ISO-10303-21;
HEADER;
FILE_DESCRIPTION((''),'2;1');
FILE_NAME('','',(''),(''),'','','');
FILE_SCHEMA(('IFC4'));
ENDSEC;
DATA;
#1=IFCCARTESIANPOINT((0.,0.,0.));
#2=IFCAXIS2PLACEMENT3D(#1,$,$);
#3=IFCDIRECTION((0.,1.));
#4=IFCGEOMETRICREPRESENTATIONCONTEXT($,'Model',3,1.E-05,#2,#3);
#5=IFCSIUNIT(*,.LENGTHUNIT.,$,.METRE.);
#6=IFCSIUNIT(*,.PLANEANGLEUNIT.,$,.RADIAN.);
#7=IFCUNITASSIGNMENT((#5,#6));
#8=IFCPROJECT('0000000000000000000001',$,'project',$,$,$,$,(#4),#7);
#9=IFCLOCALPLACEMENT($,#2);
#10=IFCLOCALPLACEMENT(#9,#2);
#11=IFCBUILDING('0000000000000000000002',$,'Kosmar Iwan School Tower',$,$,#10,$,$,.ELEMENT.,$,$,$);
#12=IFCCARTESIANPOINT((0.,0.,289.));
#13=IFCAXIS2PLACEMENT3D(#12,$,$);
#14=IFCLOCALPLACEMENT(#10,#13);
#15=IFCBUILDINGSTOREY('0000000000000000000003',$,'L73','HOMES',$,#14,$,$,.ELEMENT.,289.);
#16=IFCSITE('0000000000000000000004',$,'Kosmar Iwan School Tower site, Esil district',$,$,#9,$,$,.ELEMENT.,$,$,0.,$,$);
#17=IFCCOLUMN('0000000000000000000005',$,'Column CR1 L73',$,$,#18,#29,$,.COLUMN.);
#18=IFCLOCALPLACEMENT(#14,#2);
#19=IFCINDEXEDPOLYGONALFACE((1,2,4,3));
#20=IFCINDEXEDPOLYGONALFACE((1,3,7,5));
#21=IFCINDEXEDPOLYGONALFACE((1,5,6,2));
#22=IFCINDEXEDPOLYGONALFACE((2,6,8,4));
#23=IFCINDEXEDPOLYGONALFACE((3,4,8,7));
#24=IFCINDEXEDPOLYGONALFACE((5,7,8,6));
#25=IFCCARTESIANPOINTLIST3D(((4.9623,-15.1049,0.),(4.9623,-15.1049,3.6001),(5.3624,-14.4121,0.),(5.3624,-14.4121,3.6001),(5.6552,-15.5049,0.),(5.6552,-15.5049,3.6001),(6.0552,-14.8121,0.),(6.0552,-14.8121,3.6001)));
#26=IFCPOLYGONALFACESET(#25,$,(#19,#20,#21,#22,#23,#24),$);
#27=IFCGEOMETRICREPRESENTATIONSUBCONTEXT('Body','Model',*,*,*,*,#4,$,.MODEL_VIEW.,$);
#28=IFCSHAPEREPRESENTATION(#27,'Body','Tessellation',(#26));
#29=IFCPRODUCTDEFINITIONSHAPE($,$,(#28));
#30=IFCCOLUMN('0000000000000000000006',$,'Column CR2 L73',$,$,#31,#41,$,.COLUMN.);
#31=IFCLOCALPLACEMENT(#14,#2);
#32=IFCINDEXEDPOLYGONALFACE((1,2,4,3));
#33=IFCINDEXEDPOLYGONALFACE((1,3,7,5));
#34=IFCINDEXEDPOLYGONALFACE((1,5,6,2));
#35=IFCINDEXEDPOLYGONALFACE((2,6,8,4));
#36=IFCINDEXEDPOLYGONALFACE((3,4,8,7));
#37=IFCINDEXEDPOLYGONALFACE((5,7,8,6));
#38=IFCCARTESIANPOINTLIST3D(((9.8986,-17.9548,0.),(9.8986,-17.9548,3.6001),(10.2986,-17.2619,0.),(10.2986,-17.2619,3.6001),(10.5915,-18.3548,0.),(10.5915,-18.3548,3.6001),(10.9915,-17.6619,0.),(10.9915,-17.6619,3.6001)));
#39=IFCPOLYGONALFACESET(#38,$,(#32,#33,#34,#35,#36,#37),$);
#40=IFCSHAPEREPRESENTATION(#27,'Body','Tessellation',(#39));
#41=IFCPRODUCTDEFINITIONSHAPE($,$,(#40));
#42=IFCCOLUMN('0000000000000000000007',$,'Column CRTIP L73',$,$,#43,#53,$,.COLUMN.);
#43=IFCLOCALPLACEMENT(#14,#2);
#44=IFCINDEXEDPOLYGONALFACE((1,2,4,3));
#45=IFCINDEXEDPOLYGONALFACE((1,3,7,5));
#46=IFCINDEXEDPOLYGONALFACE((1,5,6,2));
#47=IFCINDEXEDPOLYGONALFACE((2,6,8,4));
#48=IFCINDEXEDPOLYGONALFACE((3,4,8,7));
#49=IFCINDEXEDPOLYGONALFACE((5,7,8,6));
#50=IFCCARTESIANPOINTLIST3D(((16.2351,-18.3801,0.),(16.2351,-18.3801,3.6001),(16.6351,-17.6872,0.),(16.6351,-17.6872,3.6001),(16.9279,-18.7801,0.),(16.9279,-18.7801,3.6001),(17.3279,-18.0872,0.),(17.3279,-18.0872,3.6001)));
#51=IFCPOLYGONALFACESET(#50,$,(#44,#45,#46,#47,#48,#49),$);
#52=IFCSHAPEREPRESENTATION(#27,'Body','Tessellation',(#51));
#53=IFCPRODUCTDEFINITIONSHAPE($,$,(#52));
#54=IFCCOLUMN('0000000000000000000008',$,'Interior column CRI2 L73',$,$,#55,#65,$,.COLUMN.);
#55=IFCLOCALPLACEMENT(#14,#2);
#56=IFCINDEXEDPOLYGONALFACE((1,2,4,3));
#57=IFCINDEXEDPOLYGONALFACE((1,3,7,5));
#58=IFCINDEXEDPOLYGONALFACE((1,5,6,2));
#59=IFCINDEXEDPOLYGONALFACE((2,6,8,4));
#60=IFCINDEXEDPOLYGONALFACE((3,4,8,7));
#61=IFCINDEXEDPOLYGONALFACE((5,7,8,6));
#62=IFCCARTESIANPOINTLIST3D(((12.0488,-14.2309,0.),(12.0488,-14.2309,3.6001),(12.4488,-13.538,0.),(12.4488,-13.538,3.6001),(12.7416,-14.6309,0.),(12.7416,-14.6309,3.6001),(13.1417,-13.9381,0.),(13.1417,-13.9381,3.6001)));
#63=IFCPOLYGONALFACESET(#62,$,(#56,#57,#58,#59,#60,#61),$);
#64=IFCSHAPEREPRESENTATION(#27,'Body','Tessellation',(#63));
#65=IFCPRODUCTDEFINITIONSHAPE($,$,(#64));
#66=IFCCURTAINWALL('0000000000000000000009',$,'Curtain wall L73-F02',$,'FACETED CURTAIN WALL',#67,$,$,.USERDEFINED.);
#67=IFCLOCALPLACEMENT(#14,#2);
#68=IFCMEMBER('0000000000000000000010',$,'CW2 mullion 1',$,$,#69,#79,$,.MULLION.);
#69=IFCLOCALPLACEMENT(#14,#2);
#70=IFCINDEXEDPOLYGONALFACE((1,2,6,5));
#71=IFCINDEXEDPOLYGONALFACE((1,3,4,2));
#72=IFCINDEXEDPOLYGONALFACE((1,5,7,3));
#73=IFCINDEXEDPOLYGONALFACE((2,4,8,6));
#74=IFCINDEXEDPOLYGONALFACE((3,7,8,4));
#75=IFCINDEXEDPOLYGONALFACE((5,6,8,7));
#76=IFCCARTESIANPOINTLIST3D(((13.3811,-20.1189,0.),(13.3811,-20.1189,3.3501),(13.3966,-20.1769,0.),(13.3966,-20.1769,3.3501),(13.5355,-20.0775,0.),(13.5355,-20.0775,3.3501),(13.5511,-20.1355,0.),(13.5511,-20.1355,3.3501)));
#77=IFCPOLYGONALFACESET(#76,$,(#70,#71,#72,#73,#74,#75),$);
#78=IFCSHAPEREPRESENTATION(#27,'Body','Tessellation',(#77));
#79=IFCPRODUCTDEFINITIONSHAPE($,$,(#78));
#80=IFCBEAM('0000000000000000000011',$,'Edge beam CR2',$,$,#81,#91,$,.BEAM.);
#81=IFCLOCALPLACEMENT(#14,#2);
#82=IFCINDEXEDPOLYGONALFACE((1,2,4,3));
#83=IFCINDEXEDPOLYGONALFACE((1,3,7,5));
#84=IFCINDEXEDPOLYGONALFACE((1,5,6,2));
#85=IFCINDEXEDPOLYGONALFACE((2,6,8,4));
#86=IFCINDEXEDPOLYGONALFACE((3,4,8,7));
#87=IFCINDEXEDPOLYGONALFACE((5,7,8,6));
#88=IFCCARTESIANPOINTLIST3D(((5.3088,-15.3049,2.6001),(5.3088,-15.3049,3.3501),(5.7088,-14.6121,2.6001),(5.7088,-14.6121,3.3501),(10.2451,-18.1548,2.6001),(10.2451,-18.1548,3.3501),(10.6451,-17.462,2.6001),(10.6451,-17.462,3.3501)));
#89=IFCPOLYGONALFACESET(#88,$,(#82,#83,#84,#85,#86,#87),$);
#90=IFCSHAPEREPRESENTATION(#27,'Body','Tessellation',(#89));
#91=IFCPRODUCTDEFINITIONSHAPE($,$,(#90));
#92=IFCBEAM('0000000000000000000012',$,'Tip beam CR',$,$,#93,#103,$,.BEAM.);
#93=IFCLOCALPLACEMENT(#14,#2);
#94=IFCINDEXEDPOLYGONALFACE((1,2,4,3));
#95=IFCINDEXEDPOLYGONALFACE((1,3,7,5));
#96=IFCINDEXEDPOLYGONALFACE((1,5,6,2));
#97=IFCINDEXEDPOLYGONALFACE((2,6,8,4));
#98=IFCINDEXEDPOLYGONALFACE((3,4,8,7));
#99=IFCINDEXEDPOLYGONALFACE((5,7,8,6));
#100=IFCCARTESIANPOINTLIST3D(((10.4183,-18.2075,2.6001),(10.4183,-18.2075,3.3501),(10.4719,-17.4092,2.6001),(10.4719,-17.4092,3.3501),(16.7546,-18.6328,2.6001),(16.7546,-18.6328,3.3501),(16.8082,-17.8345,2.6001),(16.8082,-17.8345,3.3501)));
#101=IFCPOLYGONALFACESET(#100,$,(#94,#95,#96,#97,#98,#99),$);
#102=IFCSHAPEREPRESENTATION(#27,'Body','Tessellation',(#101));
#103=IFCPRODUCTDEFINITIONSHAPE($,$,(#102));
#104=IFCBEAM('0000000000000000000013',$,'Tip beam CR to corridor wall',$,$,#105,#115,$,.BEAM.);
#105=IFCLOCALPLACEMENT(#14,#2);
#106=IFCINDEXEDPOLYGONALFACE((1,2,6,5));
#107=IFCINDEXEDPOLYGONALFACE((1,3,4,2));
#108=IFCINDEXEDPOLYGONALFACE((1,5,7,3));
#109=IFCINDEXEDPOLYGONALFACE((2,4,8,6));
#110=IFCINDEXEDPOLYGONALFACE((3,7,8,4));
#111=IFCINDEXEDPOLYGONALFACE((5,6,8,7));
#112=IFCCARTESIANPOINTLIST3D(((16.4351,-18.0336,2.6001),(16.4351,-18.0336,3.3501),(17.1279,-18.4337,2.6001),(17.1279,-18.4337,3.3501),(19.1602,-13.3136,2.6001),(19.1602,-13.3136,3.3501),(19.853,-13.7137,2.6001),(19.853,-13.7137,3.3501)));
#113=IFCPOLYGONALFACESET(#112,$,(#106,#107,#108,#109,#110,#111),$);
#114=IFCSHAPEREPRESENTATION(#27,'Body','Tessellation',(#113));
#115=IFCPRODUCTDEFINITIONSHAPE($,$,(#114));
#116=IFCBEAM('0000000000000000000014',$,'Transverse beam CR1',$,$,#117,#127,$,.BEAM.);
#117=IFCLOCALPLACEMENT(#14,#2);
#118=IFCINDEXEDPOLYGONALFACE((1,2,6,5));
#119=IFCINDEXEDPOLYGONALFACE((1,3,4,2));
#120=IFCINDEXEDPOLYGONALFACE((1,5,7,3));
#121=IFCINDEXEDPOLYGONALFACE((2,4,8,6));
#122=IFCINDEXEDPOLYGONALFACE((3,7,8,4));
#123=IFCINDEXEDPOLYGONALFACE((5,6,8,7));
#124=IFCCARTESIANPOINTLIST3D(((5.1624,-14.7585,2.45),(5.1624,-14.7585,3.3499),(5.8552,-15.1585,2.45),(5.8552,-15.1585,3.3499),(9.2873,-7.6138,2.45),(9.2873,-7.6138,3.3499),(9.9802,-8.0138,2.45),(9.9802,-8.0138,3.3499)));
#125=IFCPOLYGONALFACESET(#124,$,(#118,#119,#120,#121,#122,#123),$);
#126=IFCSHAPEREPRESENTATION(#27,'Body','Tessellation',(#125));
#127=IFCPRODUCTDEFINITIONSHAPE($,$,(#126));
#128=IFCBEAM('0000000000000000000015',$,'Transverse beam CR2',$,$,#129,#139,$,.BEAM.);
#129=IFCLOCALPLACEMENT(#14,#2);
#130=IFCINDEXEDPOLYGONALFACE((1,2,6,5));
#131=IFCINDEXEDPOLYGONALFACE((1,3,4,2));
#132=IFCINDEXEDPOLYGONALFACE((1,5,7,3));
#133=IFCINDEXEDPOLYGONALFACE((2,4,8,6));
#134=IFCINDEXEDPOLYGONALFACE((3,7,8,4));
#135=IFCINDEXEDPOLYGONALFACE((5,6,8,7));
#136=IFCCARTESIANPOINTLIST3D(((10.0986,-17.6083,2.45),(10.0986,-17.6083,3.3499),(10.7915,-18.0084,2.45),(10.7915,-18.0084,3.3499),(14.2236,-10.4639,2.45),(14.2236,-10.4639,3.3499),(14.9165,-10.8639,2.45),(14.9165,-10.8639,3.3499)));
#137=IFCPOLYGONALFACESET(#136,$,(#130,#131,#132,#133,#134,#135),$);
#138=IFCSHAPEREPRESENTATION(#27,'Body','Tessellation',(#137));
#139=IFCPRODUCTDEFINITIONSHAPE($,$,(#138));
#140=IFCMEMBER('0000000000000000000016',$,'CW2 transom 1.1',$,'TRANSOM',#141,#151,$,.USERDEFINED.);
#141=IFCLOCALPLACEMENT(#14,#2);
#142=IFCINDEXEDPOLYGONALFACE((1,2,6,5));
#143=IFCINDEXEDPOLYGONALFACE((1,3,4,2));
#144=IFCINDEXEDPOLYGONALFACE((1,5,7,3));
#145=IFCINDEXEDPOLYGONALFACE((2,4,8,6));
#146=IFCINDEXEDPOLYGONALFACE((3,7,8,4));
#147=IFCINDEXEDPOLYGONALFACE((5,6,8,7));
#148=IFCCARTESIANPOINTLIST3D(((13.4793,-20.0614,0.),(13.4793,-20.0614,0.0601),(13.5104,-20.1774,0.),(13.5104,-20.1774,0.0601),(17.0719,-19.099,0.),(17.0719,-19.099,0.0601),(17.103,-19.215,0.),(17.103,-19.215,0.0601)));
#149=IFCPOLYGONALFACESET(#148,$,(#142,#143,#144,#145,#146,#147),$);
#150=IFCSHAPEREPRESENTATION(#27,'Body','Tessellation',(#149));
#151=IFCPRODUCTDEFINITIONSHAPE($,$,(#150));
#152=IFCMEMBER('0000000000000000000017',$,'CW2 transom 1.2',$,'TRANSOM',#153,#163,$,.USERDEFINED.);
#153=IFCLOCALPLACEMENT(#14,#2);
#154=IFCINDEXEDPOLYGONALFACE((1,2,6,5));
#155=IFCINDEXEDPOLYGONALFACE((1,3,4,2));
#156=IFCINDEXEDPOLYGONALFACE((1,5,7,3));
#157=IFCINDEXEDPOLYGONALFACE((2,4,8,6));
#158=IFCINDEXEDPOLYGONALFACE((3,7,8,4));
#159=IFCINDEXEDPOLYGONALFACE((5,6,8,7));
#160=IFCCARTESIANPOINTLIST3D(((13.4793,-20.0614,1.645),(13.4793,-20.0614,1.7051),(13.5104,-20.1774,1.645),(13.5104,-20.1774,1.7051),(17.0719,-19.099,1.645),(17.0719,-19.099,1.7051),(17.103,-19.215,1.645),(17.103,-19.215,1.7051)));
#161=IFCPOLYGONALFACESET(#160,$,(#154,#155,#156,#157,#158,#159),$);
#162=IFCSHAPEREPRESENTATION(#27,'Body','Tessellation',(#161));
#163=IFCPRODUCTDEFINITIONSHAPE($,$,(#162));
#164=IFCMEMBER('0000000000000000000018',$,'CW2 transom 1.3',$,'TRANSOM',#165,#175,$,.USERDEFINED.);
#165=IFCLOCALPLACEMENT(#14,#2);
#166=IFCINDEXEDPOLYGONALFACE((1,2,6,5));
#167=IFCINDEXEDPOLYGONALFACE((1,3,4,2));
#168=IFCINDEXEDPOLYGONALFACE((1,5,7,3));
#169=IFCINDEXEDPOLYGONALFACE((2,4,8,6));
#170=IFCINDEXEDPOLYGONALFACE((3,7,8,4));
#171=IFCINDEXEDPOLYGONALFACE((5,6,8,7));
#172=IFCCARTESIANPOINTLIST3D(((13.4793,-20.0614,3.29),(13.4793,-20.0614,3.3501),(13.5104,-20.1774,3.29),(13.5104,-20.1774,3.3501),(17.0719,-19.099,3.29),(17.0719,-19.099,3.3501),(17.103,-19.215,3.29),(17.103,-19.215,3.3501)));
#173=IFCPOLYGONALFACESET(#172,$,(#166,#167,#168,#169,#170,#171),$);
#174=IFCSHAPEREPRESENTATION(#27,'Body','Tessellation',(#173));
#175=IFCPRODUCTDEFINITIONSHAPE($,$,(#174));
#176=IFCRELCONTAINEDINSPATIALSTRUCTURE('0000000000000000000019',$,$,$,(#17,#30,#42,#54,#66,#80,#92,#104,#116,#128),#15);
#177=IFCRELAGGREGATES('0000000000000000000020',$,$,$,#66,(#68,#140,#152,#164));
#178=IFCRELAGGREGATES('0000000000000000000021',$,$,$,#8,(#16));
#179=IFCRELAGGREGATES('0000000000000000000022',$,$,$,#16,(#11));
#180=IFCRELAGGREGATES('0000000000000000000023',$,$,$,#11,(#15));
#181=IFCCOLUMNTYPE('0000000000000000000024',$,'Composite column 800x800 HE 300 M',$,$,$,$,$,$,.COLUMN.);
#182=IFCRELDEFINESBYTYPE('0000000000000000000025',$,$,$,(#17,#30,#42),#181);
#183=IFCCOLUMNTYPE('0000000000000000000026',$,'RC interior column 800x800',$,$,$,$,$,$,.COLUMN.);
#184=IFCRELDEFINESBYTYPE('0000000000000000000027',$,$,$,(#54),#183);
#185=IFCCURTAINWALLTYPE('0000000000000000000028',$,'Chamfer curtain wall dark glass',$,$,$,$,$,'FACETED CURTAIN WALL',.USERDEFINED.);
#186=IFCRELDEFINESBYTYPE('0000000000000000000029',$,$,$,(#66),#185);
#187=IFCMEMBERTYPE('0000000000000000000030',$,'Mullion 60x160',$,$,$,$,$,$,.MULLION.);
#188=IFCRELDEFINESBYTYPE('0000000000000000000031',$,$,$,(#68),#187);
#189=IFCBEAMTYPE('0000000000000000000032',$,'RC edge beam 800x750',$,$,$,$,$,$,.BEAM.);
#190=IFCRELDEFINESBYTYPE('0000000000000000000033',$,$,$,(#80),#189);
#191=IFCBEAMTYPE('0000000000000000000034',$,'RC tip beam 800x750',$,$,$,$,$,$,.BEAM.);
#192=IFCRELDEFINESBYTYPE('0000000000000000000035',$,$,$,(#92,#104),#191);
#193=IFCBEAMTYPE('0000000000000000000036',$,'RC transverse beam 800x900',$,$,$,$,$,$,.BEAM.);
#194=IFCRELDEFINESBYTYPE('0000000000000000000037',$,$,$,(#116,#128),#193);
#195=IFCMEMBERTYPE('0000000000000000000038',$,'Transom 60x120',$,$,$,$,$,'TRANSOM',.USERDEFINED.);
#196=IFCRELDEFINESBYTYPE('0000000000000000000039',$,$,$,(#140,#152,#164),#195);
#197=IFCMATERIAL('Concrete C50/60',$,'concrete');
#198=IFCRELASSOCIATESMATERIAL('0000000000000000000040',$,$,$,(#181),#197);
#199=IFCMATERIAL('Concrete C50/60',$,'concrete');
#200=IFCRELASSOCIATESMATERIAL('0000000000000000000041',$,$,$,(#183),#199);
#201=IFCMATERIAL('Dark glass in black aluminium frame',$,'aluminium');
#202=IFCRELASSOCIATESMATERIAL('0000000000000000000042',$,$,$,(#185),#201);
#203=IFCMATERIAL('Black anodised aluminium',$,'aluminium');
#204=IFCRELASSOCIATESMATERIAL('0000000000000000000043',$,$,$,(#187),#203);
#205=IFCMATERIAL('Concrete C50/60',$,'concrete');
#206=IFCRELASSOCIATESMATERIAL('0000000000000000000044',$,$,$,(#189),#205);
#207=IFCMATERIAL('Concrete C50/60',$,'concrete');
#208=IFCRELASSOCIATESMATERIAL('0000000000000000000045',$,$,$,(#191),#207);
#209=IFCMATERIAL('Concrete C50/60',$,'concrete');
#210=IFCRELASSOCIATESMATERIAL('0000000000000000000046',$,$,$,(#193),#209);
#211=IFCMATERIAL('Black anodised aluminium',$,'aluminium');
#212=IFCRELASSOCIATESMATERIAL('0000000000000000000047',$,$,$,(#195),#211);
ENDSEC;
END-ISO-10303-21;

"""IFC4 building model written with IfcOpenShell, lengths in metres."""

from ifc_helpers import new_model, si_unit, direction, frame, origin, origin_2d, place, context, subcontext, project, spatial, rectangle, extrude, material, material_profile, profile_set, type_object, element, aggregate, save


model = new_model("IFC4")

# Units and contexts
model_context = context("Model", 3, precision=1e-05, world=origin(), true_north=direction((0.0, 1.0)))
body_context = subcontext(model_context, "Body", "Model", "MODEL_VIEW")
ifc_project = project(units=[si_unit("LENGTHUNIT", "METRE"), si_unit("PLANEANGLEUNIT", "RADIAN")], contexts=[model_context])

# Site, building, storey
site_placement = place(None, origin())
site = spatial("IfcSite", under=ifc_project, at=site_placement, Name="Kosmar Iwan School Tower site, Esil district", CompositionType="ELEMENT", RefElevation=0.0)
building_placement = place(site_placement, origin())
building = spatial("IfcBuilding", under=site, at=building_placement, Name="Kosmar Iwan School Tower", CompositionType="ELEMENT")
storey_placement = place(building_placement, frame((0.0, 0.0, 289.0)))
storey = spatial("IfcBuildingStorey", under=building, at=storey_placement, Name="L73", Description="HOMES", CompositionType="ELEMENT", Elevation=289.0)

# Columns
ifc_material_1 = material(Name="Concrete C50/60", Category="concrete")
ifc_material_profile_1 = material_profile(ifc_material_1, rectangle(XDim=0.8, YDim=0.8, at=origin_2d()), Name="RC 800x800 + HE 300 M")
ifc_profile_set_1 = profile_set([ifc_material_profile_1], Name="Concrete C50/60")
column_type_1 = type_object("IfcColumnType", Name="Composite column 800x800 HE 300 M", PredefinedType="COLUMN", material=ifc_profile_set_1)
for number, where, z_axis, x_axis, name in (
    (1, (5.5088, -14.9585, 0.0), (0.0, 0.0, 1.0), (0.866025, -0.5, 0.0), "Column CR1 L73"),
    (2, (10.4451, -17.8083, 0.0), (0.0, 0.0, 1.0), (0.866025, -0.5, 0.0), "Column CR2 L73"),
    (3, (16.7815, -18.2336, 0.0), (0.0, 0.0, 1.0), (0.866025, -0.5, 0.0), "Column CRTIP L73"),
):
    element("IfcColumn", number, at=place(storey_placement, frame(where, z_axis=z_axis, x_axis=x_axis)), inside=storey, type_object=column_type_1, Name=name, PredefinedType="COLUMN", context=body_context, shape_type="SweptSolid", body=[
        extrude(rectangle(XDim=0.8, YDim=0.8, at=origin_2d()), origin(), (0.0, 0.0, 1.0), 3.6001),
    ])
ifc_material_2 = material(Name="Concrete C50/60", Category="concrete")
ifc_material_profile_2 = material_profile(ifc_material_2, rectangle(XDim=0.8, YDim=0.8, at=origin_2d()), Name="RC 800x800")
ifc_profile_set_2 = profile_set([ifc_material_profile_2], Name="Concrete C50/60")
column_type_2 = type_object("IfcColumnType", Name="RC interior column 800x800", PredefinedType="COLUMN", material=ifc_profile_set_2)
column_placement = place(storey_placement, frame((12.5952, -14.0845, 0.0), z_axis=(0.0, 0.0, 1.0), x_axis=(0.866025, -0.5, 0.0)))
element("IfcColumn", 4, at=column_placement, inside=storey, type_object=column_type_2, Name="Interior column CRI2 L73", PredefinedType="COLUMN", context=body_context, shape_type="SweptSolid", body=[
    extrude(rectangle(XDim=0.8, YDim=0.8, at=origin_2d()), origin(), (0.0, 0.0, 1.0), 3.6001),
])

# Curtain wall, member
ifc_material_3 = material(Name="Dark glass in black aluminium frame", Category="aluminium")
curtain_wall_type = type_object("IfcCurtainWallType", Name="Chamfer curtain wall dark glass", ElementType="FACETED CURTAIN WALL", PredefinedType="USERDEFINED", material=ifc_material_3)
curtain_wall_placement = place(storey_placement, origin())
curtain_wall = element("IfcCurtainWall", 5, at=curtain_wall_placement, inside=storey, type_object=curtain_wall_type, Name="Curtain wall L73-F02", ObjectType="FACETED CURTAIN WALL", PredefinedType="USERDEFINED")
ifc_material_4 = material(Name="Black anodised aluminium", Category="aluminium")
ifc_material_profile_3 = material_profile(ifc_material_4, rectangle(XDim=0.0601, YDim=0.1599, at=origin_2d()), Name="MULLION 60x160")
ifc_profile_set_3 = profile_set([ifc_material_profile_3], Name="Black anodised aluminium")
member_type_1 = type_object("IfcMemberType", Name="Mullion 60x160", PredefinedType="MULLION", material=ifc_profile_set_3)
member_1_placement = place(storey_placement, frame((13.4661, -20.1272, 0.0), z_axis=(0.0, 0.0, 1.0), x_axis=(-0.258819, 0.965926, 0.0)))
member_1 = element("IfcMember", 6, at=member_1_placement, type_object=member_type_1, Name="CW2 mullion 1", PredefinedType="MULLION", context=body_context, shape_type="SweptSolid", body=[
    extrude(rectangle(XDim=0.0601, YDim=0.1599, at=origin_2d()), origin(), (0.0, 0.0, 1.0), 3.3501),
])

# Beams
ifc_material_5 = material(Name="Concrete C50/60", Category="concrete")
ifc_material_profile_4 = material_profile(ifc_material_5, rectangle(XDim=0.8, YDim=0.75, at=origin_2d()), Name="RC 800x750")
ifc_profile_set_4 = profile_set([ifc_material_profile_4], Name="Concrete C50/60")
beam_type_1 = type_object("IfcBeamType", Name="RC edge beam 800x750", PredefinedType="BEAM", material=ifc_profile_set_4)
beam_1_placement = place(storey_placement, frame((5.5088, -14.9585, 2.9751), z_axis=(0.866034, -0.499986, 0.0), x_axis=(0.499986, 0.866034, 0.0)))
element("IfcBeam", 7, at=beam_1_placement, inside=storey, type_object=beam_type_1, Name="Edge beam CR2", PredefinedType="BEAM", context=body_context, shape_type="SweptSolid", body=[
    extrude(rectangle(XDim=0.8, YDim=0.75, at=origin_2d()), origin(), (0.0, 0.0, 1.0), 5.7),
])
ifc_material_6 = material(Name="Concrete C50/60", Category="concrete")
ifc_material_profile_5 = material_profile(ifc_material_6, rectangle(XDim=0.8, YDim=0.75, at=origin_2d()), Name="RC 800x750")
ifc_profile_set_5 = profile_set([ifc_material_profile_5], Name="Concrete C50/60")
beam_type_2 = type_object("IfcBeamType", Name="RC tip beam 800x750", PredefinedType="BEAM", material=ifc_profile_set_5)
beam_2_placement = place(storey_placement, frame((10.4451, -17.8083, 2.9751), z_axis=(0.997755, -0.066968, 0.0), x_axis=(0.066968, 0.997755, 0.0)))
element("IfcBeam", 8, at=beam_2_placement, inside=storey, type_object=beam_type_2, Name="Tip beam CR", PredefinedType="BEAM", context=body_context, shape_type="SweptSolid", body=[
    extrude(rectangle(XDim=0.8, YDim=0.75, at=origin_2d()), origin(), (0.0, 0.0, 1.0), 6.3506),
])
beam_3_placement = place(storey_placement, frame((16.7815, -18.2336, 2.9751), z_axis=(0.500003, 0.866024, 0.0), x_axis=(-0.866024, 0.500003, 0.0)))
element("IfcBeam", 9, at=beam_3_placement, inside=storey, type_object=beam_type_2, Name="Tip beam CR to corridor wall", PredefinedType="BEAM", context=body_context, shape_type="SweptSolid", body=[
    extrude(rectangle(XDim=0.8, YDim=0.75, at=origin_2d()), origin(), (0.0, 0.0, 1.0), 5.4502),
])
ifc_material_7 = material(Name="Concrete C50/60", Category="concrete")
ifc_material_profile_6 = material_profile(ifc_material_7, rectangle(XDim=0.8, YDim=0.8999, at=origin_2d()), Name="RC 800x900")
ifc_profile_set_6 = profile_set([ifc_material_profile_6], Name="Concrete C50/60")
beam_type_3 = type_object("IfcBeamType", Name="RC transverse beam 800x900", PredefinedType="BEAM", material=ifc_profile_set_6)
beam_4_placement = place(storey_placement, frame((5.5088, -14.9585, 2.8999), z_axis=(0.499997, 0.866027, 0.0), x_axis=(-0.866027, 0.499997, 0.0)))
element("IfcBeam", 10, at=beam_4_placement, inside=storey, type_object=beam_type_3, Name="Transverse beam CR1", PredefinedType="BEAM", context=body_context, shape_type="SweptSolid", body=[
    extrude(rectangle(XDim=0.8, YDim=0.8999, at=origin_2d()), origin(), (0.0, 0.0, 1.0), 8.25),
])
beam_5_placement = place(storey_placement, frame((10.4451, -17.8083, 2.8999), z_axis=(0.500009, 0.86602, 0.0), x_axis=(-0.86602, 0.500009, 0.0)))
element("IfcBeam", 11, at=beam_5_placement, inside=storey, type_object=beam_type_3, Name="Transverse beam CR2", PredefinedType="BEAM", context=body_context, shape_type="SweptSolid", body=[
    extrude(rectangle(XDim=0.8, YDim=0.8999, at=origin_2d()), origin(), (0.0, 0.0, 1.0), 8.2498),
])

# Members
ifc_material_8 = material(Name="Black anodised aluminium", Category="aluminium")
ifc_material_profile_7 = material_profile(ifc_material_8, rectangle(XDim=0.1201, YDim=0.0601, at=origin_2d()), Name="TRANSOM 60x120")
ifc_profile_set_7 = profile_set([ifc_material_profile_7], Name="Black anodised aluminium")
member_type_2 = type_object("IfcMemberType", Name="Transom 60x120", ElementType="TRANSOM", PredefinedType="USERDEFINED", material=ifc_profile_set_7)
member_2_placement = place(storey_placement, frame((13.4949, -20.1194, 0.03), z_axis=(0.96594, 0.258766, 0.0), x_axis=(-0.258766, 0.96594, 0.0)))
member_2 = element("IfcMember", 12, at=member_2_placement, type_object=member_type_2, Name="CW2 transom 1.1", ObjectType="TRANSOM", PredefinedType="USERDEFINED", context=body_context, shape_type="SweptSolid", body=[
    extrude(rectangle(XDim=0.1201, YDim=0.0601, at=origin_2d()), origin(), (0.0, 0.0, 1.0), 3.7192),
])
member_3_placement = place(storey_placement, frame((13.4949, -20.1194, 1.675), z_axis=(0.96594, 0.258766, 0.0), x_axis=(-0.258766, 0.96594, 0.0)))
member_3 = element("IfcMember", 13, at=member_3_placement, type_object=member_type_2, Name="CW2 transom 1.2", ObjectType="TRANSOM", PredefinedType="USERDEFINED", context=body_context, shape_type="SweptSolid", body=[
    extrude(rectangle(XDim=0.1201, YDim=0.0601, at=origin_2d()), origin(), (0.0, 0.0, 1.0), 3.7192),
])
member_4_placement = place(storey_placement, frame((13.4949, -20.1194, 3.3201), z_axis=(0.96594, 0.258766, 0.0), x_axis=(-0.258766, 0.96594, 0.0)))
member_4 = element("IfcMember", 14, at=member_4_placement, type_object=member_type_2, Name="CW2 transom 1.3", ObjectType="TRANSOM", PredefinedType="USERDEFINED", context=body_context, shape_type="SweptSolid", body=[
    extrude(rectangle(XDim=0.1201, YDim=0.0601, at=origin_2d()), origin(), (0.0, 0.0, 1.0), 3.7192),
])

aggregate(curtain_wall, [member_1, member_2, member_3, member_4])

save(model, "model.ifc")
